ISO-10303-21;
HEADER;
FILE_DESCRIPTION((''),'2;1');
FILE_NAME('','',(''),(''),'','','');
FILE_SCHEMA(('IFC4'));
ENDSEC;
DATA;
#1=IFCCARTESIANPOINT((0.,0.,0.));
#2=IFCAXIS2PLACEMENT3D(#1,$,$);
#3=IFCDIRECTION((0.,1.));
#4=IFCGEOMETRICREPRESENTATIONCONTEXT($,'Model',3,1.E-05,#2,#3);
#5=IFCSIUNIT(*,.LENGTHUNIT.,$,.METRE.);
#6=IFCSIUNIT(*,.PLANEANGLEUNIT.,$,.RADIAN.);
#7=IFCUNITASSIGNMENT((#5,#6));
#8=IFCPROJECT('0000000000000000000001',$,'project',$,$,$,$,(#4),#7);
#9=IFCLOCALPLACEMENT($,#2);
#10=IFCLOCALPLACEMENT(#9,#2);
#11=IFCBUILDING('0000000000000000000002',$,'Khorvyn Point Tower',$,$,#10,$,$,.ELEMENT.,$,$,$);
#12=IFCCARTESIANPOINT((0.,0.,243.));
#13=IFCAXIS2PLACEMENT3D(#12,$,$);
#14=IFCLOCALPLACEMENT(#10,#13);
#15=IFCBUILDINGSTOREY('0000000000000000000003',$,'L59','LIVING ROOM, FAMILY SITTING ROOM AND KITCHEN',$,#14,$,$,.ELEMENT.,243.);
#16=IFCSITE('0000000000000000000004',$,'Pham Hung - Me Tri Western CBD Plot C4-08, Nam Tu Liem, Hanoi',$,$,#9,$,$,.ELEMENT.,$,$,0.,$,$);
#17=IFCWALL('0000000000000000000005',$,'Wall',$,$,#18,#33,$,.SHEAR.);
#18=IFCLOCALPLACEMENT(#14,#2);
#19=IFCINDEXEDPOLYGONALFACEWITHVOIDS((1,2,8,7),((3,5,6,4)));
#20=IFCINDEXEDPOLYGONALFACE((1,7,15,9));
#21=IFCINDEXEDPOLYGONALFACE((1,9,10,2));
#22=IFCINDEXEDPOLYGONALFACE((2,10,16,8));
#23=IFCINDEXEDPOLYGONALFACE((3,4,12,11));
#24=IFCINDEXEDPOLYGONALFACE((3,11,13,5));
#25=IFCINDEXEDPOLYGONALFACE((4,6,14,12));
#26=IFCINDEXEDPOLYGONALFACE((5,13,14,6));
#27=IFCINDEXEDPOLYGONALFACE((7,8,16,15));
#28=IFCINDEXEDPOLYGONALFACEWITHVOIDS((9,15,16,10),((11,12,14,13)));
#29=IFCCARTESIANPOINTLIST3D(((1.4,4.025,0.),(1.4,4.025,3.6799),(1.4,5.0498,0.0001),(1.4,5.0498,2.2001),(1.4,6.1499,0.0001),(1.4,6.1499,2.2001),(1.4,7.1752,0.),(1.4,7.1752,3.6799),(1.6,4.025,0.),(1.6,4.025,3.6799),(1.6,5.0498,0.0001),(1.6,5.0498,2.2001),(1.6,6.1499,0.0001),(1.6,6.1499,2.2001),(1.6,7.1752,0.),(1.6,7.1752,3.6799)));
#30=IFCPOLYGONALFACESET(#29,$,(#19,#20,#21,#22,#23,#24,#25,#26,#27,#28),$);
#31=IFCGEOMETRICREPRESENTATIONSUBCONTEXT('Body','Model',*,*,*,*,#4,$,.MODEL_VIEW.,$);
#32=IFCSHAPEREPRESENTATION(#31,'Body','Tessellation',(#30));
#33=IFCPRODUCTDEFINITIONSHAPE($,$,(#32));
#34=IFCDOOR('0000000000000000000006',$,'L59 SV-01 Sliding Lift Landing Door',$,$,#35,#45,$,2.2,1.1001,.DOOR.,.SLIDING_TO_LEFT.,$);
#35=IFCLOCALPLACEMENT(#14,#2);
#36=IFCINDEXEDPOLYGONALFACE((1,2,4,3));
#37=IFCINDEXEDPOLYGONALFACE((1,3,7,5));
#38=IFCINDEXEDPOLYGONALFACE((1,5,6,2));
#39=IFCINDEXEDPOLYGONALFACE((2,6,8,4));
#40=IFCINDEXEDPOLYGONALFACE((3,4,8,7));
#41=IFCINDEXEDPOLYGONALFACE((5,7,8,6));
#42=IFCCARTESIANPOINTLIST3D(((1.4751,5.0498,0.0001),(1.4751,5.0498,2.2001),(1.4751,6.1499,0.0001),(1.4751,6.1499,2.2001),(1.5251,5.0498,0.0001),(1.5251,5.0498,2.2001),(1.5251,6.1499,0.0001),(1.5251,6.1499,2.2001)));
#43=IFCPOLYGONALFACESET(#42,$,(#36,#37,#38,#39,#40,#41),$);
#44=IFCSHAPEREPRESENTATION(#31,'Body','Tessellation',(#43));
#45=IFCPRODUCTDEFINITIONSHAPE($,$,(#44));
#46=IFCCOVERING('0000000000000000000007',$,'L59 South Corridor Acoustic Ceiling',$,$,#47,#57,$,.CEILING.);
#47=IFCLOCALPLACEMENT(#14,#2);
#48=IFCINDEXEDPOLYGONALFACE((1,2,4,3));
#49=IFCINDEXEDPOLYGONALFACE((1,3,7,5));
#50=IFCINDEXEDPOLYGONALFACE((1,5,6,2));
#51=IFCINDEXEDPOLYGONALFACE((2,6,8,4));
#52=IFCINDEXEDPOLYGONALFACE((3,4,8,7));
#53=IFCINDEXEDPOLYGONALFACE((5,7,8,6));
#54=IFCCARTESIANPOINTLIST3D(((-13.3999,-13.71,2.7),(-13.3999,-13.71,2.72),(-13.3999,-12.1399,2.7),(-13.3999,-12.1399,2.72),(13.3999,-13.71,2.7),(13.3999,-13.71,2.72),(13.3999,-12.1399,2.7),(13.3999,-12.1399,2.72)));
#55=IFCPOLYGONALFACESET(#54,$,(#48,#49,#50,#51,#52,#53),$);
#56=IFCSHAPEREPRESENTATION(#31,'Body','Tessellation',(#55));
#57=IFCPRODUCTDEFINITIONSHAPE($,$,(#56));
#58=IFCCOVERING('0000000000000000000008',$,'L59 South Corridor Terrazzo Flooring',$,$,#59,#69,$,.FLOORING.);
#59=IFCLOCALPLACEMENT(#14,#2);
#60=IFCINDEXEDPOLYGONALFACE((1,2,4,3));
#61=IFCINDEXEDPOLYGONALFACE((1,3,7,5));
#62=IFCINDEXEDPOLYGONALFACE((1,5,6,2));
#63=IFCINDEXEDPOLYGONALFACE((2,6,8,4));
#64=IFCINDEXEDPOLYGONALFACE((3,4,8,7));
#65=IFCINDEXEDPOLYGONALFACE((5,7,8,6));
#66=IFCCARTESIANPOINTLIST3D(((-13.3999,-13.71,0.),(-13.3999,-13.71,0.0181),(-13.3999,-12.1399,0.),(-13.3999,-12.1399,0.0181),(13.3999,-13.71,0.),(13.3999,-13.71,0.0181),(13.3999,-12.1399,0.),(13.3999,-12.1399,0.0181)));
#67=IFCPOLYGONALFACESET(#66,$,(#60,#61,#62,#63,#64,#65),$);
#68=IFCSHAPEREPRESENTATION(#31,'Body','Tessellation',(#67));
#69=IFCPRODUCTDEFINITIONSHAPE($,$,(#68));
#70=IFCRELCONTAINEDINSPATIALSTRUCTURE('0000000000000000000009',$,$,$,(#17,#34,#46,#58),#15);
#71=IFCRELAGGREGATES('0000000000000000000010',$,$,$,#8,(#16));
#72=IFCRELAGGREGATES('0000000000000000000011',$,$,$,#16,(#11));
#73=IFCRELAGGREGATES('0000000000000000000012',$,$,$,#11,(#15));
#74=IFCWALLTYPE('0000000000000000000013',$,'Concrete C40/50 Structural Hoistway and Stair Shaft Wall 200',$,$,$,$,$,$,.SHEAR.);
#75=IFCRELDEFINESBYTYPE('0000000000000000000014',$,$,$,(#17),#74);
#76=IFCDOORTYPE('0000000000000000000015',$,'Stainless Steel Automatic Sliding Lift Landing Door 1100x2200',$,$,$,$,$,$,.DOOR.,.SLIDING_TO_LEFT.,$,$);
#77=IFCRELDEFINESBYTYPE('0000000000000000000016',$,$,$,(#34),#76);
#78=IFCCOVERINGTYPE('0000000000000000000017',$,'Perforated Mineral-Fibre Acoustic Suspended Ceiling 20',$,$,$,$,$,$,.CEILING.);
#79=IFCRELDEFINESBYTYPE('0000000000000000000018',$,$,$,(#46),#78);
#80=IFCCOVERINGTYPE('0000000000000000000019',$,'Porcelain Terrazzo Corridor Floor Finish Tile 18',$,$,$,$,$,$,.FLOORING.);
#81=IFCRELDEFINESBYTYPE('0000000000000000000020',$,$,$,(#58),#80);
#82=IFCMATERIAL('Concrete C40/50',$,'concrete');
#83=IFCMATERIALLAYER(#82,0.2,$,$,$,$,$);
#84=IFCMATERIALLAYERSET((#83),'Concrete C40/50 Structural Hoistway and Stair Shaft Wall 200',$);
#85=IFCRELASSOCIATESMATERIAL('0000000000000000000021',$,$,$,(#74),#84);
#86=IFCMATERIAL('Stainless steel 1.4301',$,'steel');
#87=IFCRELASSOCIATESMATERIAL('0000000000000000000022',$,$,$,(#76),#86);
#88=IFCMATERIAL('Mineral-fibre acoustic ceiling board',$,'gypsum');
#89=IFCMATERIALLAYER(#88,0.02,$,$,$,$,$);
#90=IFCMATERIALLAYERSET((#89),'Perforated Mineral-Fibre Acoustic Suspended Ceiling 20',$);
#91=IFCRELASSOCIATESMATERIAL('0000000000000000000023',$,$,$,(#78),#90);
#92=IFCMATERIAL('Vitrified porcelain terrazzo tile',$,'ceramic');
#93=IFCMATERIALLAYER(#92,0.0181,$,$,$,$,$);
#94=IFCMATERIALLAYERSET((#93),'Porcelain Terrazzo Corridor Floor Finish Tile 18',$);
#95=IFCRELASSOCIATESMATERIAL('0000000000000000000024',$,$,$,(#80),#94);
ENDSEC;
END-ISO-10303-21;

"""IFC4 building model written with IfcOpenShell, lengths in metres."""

from ifc_helpers import new_model, si_unit, direction, frame, frame_2d, origin, place, context, subcontext, project, spatial, polyline, rectangle, outline, extrude, material, layer, layer_set, type_object, element, fill, save


model = new_model("IFC4")

# Units and contexts
model_context = context("Model", 3, precision=1e-05, world=origin(), true_north=direction((0.0, 1.0)))
body_context = subcontext(model_context, "Body", "Model", "MODEL_VIEW")
ifc_project = project(units=[si_unit("LENGTHUNIT", "METRE"), si_unit("PLANEANGLEUNIT", "RADIAN")], contexts=[model_context])

# Site, building, storey
site_placement = place(None, origin())
site = spatial("IfcSite", under=ifc_project, at=site_placement, Name="Pham Hung - Me Tri Western CBD Plot C4-08, Nam Tu Liem, Hanoi", CompositionType="ELEMENT", RefElevation=0.0)
building_placement = place(site_placement, origin())
building = spatial("IfcBuilding", under=site, at=building_placement, Name="Khorvyn Point Tower", CompositionType="ELEMENT")
storey_placement = place(building_placement, frame((0.0, 0.0, 243.0)))
storey = spatial("IfcBuildingStorey", under=building, at=storey_placement, Name="L59", Description="LIVING ROOM, FAMILY SITTING ROOM AND KITCHEN", CompositionType="ELEMENT", Elevation=243.0)

# Shared definitions
ifc_material_1 = material(Name="Concrete C40/50", Category="concrete")

# Shared definitions
ifc_layer_1 = layer(ifc_material_1, 0.2)
ifc_layer_set_1 = layer_set([ifc_layer_1], Name="Concrete C40/50 Structural Hoistway and Stair Shaft Wall 200")
wall_type = type_object("IfcWallType", Name="Concrete C40/50 Structural Hoistway and Stair Shaft Wall 200", PredefinedType="SHEAR", material=ifc_layer_set_1)

# Shared definitions
ifc_material_2 = material(Name="Stainless steel 1.4301", Category="steel")
door_type = type_object("IfcDoorType", Name="Stainless Steel Automatic Sliding Lift Landing Door 1100x2200", OperationType="SLIDING_TO_LEFT", PredefinedType="DOOR", material=ifc_material_2)

# Wall, opening, door
wall_1_placement = place(storey_placement, frame((1.5, 4.0249, 0.0), z_axis=(0.0, 0.0, 1.0), x_axis=(0.0, 1.0, 0.0)))
wall_1 = element("IfcWall", 1, at=wall_1_placement, inside=storey, type_object=wall_type, Name="Wall", PredefinedType="SHEAR", context=body_context, shape_type="SweptSolid", body=[
    extrude(rectangle(XDim=3.1501, YDim=0.2, at=frame_2d((1.5752, 0.0))), origin(), (0.0, 0.0, 1.0), 3.6799),
])
opening_1_placement = place(wall_1_placement, frame((1.0249, 0.0, 0.0)))
opening_1 = element("IfcOpeningElement", 2, at=opening_1_placement, cuts=wall_1, PredefinedType="OPENING", context=body_context, shape_type="SweptSolid", body=[
    extrude(rectangle(XDim=1.1001, YDim=2.2, at=frame_2d((0.55, 1.1001))), frame((0.0, 0.1099, 0.0), z_axis=(0.0, -1.0, 0.0), x_axis=(1.0, 0.0, 0.0)), (0.0, 0.0, 1.0), 0.22),
])
door_1_placement = place(opening_1_placement, origin())
door_1 = element("IfcDoor", 3, at=door_1_placement, inside=storey, type_object=door_type, Name="L59 SV-01 Sliding Lift Landing Door", OperationType="SLIDING_TO_LEFT", OverallHeight=2.2, OverallWidth=1.1001, PredefinedType="DOOR", context=body_context, shape_type="SweptSolid", body=[
    extrude(rectangle(XDim=1.1001, YDim=2.2, at=frame_2d((0.55, 1.1001))), frame((0.0, 0.0249, 0.0), z_axis=(0.0, -1.0, 0.0), x_axis=(1.0, 0.0, 0.0)), (0.0, 0.0, 1.0), 0.05),
])
fill(opening_1, door_1)

# Coverings
ifc_material_3 = material(Name="Mineral-fibre acoustic ceiling board", Category="gypsum")
ifc_layer_2 = layer(ifc_material_3, 0.02)
ifc_layer_set_2 = layer_set([ifc_layer_2], Name="Perforated Mineral-Fibre Acoustic Suspended Ceiling 20")
covering_type_1 = type_object("IfcCoveringType", Name="Perforated Mineral-Fibre Acoustic Suspended Ceiling 20", PredefinedType="CEILING", material=ifc_layer_set_2)
covering_1_placement = place(storey_placement, frame((0.0, 0.0, 2.7)))
element("IfcCovering", 4, at=covering_1_placement, inside=storey, type_object=covering_type_1, Name="L59 South Corridor Acoustic Ceiling", PredefinedType="CEILING", context=body_context, shape_type="SweptSolid", body=[
    extrude(outline(polyline([(-13.3999, -13.71), (13.3999, -13.71), (13.3999, -12.1399), (-13.3999, -12.1399), (-13.3999, -13.71)])), origin(), (0.0, 0.0, 1.0), 0.02),
])
ifc_material_4 = material(Name="Vitrified porcelain terrazzo tile", Category="ceramic")
ifc_layer_3 = layer(ifc_material_4, 0.0181)
ifc_layer_set_3 = layer_set([ifc_layer_3], Name="Porcelain Terrazzo Corridor Floor Finish Tile 18")
covering_type_2 = type_object("IfcCoveringType", Name="Porcelain Terrazzo Corridor Floor Finish Tile 18", PredefinedType="FLOORING", material=ifc_layer_set_3)
covering_2_placement = place(storey_placement, origin())
element("IfcCovering", 5, at=covering_2_placement, inside=storey, type_object=covering_type_2, Name="L59 South Corridor Terrazzo Flooring", PredefinedType="FLOORING", context=body_context, shape_type="SweptSolid", body=[
    extrude(outline(polyline([(-13.3999, -13.71), (13.3999, -13.71), (13.3999, -12.1399), (-13.3999, -12.1399), (-13.3999, -13.71)])), origin(), (0.0, 0.0, 1.0), 0.0181),
])

save(model, "model.ifc")
